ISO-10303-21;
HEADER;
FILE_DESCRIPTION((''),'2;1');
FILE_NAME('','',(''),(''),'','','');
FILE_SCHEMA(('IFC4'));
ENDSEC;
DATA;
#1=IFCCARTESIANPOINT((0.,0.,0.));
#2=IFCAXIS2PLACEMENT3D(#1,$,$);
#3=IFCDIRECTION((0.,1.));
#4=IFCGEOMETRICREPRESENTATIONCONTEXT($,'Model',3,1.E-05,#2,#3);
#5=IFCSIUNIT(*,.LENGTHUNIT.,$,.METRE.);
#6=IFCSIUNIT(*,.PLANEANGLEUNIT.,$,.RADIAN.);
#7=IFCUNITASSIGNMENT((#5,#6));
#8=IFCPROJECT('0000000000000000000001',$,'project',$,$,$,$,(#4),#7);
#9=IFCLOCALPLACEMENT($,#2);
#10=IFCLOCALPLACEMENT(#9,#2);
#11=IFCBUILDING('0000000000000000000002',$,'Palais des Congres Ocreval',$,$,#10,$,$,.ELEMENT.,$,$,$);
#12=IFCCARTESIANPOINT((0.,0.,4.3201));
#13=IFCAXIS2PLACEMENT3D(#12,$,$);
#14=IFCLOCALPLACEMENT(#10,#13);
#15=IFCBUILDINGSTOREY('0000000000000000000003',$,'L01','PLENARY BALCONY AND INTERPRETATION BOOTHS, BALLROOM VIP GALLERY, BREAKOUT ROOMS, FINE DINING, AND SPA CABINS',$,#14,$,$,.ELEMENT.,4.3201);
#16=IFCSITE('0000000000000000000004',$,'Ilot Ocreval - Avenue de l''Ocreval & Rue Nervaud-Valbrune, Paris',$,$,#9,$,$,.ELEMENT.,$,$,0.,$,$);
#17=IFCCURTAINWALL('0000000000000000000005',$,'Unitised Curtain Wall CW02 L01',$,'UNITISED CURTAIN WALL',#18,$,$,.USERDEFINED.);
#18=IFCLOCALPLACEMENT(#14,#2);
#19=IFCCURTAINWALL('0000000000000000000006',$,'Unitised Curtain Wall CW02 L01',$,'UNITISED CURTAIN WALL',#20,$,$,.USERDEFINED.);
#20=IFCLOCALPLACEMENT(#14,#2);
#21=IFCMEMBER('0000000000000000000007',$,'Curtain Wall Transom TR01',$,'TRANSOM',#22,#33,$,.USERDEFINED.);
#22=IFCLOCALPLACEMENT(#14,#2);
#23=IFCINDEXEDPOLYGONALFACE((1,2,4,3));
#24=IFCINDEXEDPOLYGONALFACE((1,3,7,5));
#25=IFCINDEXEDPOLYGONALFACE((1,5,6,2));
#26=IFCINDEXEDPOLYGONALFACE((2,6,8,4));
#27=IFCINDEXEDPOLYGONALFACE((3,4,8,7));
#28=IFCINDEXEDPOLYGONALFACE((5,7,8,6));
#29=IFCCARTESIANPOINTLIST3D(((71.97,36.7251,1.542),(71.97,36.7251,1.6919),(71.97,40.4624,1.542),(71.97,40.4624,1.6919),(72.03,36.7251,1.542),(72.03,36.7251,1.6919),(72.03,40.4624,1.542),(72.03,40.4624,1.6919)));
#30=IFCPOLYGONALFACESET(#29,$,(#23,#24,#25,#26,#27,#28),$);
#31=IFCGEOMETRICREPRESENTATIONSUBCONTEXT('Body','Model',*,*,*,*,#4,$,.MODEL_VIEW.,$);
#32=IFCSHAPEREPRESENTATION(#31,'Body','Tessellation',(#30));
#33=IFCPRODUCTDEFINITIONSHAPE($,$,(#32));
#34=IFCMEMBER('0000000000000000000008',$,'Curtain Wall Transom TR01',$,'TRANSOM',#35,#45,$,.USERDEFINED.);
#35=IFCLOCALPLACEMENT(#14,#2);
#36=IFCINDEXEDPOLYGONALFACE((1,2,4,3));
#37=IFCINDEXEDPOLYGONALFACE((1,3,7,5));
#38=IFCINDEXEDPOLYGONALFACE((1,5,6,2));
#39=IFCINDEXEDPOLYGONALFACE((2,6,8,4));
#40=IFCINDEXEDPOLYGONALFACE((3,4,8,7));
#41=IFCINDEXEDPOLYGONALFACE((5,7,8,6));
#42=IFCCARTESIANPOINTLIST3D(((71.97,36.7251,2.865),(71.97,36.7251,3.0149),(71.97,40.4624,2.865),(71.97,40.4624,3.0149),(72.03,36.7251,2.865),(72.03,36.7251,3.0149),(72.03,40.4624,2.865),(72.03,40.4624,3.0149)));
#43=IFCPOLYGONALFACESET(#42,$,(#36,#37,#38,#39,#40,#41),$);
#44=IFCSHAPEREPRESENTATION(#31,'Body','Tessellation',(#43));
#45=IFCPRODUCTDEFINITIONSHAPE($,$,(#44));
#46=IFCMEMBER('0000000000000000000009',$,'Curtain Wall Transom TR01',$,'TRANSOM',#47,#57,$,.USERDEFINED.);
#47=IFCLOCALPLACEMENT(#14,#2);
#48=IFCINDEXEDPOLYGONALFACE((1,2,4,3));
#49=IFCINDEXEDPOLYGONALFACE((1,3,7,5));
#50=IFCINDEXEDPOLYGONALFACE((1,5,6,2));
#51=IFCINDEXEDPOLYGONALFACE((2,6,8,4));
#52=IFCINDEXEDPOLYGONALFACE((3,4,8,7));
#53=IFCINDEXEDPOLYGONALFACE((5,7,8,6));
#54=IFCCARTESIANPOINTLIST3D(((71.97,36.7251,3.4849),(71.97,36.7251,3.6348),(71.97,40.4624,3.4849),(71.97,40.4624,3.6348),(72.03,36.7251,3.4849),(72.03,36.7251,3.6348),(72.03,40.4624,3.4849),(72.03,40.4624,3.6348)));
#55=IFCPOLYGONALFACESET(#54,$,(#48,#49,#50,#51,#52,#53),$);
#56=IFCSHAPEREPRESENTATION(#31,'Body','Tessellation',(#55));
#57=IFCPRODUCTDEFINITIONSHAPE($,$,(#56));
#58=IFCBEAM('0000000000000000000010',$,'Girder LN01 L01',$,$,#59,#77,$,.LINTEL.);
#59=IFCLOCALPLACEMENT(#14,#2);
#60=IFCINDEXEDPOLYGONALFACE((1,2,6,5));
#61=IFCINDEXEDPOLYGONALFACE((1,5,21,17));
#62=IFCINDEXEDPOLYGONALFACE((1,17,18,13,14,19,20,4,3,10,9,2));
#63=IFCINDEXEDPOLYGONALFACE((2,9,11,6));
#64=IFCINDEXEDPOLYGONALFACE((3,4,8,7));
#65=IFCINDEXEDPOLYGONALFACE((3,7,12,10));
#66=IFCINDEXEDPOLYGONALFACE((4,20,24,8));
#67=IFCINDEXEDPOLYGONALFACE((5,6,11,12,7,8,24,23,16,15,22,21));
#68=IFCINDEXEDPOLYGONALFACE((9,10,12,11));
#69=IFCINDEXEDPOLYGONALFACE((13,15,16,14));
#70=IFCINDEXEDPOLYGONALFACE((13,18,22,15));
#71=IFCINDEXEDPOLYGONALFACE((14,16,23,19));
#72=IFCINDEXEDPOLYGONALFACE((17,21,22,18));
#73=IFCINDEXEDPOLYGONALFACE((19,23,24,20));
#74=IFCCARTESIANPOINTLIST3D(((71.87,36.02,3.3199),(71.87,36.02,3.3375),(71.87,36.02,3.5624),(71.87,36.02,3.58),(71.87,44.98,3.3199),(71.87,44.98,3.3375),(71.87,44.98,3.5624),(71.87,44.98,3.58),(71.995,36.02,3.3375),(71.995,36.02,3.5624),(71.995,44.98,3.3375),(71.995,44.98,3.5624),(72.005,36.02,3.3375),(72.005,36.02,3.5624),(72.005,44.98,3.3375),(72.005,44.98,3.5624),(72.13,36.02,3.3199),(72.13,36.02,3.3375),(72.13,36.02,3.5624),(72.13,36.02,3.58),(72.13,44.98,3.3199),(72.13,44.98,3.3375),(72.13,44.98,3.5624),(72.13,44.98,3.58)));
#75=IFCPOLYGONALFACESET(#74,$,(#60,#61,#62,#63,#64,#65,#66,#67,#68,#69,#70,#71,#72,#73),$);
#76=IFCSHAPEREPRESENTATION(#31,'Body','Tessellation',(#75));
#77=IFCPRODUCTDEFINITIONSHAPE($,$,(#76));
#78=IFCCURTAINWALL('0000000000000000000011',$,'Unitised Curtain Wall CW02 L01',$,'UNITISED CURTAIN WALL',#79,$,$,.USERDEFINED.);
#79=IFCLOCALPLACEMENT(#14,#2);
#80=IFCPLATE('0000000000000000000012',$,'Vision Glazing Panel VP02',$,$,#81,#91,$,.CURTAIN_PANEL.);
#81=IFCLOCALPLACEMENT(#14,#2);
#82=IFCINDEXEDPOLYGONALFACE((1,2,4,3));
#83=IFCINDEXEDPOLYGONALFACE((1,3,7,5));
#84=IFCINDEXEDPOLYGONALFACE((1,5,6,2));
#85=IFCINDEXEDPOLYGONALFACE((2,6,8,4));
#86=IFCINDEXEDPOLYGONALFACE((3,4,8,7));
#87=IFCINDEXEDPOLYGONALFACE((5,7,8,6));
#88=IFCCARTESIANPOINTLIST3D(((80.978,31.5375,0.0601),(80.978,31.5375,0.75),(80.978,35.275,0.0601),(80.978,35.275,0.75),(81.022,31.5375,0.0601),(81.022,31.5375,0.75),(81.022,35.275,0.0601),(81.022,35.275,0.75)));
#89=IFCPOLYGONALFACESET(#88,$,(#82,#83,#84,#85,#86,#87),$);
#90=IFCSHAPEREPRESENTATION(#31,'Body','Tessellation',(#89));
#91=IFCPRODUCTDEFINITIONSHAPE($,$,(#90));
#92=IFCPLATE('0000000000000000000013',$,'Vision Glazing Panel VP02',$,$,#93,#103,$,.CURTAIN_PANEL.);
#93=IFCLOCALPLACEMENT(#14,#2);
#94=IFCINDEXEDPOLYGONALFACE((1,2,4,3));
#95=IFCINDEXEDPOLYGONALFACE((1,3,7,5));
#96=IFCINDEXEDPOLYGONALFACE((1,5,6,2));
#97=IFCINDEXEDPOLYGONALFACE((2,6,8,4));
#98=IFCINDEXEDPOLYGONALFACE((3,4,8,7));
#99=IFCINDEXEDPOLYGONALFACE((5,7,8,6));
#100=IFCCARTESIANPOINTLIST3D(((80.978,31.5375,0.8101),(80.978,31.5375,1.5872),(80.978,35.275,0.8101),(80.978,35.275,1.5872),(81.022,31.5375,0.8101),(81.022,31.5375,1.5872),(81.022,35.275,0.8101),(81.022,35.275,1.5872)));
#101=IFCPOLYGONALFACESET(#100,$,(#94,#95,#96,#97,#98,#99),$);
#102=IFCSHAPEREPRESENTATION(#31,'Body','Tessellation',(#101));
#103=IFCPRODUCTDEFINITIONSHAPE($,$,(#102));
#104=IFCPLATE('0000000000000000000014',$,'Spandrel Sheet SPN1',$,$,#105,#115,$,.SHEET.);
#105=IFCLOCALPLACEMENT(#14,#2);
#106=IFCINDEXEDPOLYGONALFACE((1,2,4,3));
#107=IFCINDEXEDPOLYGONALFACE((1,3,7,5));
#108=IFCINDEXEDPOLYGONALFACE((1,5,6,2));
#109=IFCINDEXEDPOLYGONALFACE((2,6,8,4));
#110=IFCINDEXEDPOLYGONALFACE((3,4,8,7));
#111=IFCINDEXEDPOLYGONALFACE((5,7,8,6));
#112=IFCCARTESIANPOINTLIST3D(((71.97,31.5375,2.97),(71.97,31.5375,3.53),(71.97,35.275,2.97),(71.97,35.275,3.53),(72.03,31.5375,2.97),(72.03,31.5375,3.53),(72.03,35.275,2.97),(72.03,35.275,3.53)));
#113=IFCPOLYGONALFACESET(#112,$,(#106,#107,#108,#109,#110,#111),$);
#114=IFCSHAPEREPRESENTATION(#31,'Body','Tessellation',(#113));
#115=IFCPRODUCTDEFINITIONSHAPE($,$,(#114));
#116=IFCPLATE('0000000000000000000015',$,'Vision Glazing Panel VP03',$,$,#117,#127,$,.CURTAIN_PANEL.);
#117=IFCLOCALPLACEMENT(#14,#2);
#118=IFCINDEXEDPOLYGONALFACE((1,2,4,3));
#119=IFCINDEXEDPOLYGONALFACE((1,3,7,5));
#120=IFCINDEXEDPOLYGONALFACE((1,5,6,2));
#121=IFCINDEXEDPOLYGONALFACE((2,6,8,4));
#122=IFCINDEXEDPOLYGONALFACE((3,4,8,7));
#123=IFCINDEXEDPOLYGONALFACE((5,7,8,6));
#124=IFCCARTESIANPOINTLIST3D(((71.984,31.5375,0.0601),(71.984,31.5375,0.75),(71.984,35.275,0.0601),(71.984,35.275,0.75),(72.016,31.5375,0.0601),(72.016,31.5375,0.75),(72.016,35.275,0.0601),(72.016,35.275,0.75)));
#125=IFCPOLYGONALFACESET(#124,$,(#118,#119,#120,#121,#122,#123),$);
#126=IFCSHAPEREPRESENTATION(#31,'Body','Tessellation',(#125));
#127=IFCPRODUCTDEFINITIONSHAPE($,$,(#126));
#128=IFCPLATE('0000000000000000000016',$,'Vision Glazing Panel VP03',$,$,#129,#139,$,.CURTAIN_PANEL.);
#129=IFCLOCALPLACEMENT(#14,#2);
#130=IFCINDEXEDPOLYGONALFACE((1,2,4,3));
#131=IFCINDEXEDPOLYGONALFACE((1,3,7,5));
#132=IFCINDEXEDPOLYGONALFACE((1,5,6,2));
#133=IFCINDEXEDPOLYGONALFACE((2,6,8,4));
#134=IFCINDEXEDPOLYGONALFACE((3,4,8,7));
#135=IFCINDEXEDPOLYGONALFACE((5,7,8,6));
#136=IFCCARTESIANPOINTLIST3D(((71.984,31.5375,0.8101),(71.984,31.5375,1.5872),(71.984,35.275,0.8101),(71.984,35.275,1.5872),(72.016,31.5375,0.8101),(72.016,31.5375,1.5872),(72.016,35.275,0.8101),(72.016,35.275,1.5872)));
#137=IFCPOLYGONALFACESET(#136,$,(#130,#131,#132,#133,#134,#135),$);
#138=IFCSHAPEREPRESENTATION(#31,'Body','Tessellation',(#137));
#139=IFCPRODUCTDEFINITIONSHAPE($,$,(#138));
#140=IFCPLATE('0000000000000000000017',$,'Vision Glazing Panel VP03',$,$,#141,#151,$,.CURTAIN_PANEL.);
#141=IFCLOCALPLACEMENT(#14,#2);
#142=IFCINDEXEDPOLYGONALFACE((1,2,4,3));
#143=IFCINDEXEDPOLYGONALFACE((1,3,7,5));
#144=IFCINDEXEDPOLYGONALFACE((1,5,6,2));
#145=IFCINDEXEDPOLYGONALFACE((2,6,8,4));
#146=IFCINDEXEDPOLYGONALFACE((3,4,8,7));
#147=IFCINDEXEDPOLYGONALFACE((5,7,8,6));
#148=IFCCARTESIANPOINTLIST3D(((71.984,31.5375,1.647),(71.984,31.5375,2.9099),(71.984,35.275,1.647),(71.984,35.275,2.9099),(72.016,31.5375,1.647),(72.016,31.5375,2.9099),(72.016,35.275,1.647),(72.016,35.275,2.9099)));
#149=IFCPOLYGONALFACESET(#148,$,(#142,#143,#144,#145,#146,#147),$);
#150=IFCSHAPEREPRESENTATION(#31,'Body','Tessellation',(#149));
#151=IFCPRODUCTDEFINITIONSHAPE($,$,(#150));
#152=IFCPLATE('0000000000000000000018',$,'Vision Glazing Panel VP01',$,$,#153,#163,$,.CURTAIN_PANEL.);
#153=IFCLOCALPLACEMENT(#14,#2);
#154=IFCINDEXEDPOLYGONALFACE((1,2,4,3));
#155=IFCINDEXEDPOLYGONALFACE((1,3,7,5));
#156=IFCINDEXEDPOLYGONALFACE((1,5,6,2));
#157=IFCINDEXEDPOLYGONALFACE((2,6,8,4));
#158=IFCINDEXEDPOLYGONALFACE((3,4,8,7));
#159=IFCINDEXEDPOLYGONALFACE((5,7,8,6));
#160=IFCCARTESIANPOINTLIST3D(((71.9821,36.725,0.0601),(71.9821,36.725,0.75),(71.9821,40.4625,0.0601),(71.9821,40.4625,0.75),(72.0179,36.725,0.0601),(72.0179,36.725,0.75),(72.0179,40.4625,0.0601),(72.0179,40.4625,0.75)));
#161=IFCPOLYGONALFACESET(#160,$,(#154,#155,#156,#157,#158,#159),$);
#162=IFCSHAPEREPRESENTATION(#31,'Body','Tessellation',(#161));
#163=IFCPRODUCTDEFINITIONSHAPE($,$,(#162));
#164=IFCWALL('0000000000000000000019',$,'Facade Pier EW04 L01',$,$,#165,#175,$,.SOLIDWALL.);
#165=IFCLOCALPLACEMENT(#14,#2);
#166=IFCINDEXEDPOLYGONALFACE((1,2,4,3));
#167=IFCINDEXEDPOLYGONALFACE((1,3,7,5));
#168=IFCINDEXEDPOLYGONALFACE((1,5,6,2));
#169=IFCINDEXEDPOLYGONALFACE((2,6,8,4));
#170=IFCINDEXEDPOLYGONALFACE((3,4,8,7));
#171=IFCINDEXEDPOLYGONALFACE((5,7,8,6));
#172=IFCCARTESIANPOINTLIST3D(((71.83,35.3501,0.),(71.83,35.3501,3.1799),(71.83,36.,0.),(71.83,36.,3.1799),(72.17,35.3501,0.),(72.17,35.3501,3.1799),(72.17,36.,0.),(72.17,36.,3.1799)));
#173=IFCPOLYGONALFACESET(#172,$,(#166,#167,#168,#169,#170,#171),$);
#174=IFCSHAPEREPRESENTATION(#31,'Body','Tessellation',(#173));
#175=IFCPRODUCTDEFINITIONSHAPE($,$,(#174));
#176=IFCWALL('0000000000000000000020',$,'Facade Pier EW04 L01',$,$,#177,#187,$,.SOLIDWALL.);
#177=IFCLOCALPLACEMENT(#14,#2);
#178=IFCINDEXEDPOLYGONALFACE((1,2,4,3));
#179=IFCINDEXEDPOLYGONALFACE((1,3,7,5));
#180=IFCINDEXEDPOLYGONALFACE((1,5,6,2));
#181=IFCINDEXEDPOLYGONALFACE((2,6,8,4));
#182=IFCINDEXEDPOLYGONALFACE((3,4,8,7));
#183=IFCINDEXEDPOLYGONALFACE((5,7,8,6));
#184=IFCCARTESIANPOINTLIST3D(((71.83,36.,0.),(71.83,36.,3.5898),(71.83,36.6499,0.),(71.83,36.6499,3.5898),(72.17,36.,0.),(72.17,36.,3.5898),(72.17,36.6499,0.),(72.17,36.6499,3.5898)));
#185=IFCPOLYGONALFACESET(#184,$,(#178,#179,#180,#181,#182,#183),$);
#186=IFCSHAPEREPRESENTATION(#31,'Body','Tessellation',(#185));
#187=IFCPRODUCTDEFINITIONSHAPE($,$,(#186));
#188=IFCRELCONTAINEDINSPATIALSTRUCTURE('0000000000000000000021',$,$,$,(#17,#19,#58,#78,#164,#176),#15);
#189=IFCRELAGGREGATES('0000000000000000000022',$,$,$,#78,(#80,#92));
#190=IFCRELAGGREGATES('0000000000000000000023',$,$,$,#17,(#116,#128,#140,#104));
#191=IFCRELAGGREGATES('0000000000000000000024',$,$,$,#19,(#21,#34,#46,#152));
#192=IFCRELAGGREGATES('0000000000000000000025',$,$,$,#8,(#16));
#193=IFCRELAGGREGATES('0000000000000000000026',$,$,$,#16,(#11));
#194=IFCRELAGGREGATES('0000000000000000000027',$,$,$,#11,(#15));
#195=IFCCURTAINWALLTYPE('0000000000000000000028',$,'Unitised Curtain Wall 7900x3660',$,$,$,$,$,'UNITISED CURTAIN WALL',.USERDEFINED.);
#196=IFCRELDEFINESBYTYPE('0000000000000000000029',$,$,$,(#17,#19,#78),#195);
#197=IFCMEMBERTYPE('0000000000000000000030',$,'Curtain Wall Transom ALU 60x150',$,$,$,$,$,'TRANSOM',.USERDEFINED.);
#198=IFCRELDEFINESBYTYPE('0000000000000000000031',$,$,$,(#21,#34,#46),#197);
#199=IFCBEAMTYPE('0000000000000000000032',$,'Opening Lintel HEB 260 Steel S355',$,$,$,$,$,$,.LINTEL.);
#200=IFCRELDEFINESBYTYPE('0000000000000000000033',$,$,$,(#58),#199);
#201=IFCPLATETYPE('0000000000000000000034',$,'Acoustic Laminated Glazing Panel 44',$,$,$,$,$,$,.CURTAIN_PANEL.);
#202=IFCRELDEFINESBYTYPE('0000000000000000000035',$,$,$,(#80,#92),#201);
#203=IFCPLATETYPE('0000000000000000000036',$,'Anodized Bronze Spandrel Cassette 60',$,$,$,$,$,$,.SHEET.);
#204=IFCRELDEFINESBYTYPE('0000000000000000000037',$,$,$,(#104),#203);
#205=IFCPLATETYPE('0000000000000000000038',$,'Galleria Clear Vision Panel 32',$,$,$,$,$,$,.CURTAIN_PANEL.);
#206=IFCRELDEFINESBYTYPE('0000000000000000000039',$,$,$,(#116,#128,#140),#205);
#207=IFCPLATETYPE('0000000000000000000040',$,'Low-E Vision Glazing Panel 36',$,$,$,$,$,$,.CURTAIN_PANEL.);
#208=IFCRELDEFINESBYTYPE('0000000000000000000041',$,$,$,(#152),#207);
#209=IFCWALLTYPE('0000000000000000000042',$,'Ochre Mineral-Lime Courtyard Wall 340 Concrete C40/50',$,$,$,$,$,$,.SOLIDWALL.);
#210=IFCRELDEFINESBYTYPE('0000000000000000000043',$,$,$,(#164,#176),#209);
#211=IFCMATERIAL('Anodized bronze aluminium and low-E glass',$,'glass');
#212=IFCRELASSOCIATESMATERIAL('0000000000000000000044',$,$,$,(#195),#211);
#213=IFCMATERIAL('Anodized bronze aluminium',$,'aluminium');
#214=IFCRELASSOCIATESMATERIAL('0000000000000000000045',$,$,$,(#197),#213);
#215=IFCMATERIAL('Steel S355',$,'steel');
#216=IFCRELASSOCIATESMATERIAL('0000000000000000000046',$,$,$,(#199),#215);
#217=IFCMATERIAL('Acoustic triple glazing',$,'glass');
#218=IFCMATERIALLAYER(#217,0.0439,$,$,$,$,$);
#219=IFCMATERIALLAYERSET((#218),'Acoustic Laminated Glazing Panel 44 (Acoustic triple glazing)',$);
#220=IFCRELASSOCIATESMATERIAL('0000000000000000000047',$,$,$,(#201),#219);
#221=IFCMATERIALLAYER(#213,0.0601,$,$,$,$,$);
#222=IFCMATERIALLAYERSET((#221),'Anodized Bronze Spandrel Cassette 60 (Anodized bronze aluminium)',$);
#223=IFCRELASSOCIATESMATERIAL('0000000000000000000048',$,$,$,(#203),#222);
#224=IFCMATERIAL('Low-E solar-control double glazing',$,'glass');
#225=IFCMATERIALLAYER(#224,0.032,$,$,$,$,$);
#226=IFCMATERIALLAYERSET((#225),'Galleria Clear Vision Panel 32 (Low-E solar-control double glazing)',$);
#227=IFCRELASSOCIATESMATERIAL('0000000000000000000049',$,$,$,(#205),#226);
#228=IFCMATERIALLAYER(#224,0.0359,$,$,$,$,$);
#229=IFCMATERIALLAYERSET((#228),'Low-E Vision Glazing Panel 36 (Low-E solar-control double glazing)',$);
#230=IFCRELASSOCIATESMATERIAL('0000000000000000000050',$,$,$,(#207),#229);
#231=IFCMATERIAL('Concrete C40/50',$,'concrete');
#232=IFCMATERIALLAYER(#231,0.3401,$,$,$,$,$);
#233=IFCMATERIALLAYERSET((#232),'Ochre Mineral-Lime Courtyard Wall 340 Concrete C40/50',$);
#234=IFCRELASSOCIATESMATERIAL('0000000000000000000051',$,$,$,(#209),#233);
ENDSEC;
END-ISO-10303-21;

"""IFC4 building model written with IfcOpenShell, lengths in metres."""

from ifc_helpers import new_model, si_unit, direction, frame, frame_2d, origin, origin_2d, place, context, subcontext, project, spatial, rectangle, i_section, extrude, material, layer, layer_set, material_profile, profile_set, type_object, element, aggregate, save


model = new_model("IFC4")

# Units and contexts
model_context = context("Model", 3, precision=1e-05, world=origin(), true_north=direction((0.0, 1.0)))
body_context = subcontext(model_context, "Body", "Model", "MODEL_VIEW")
ifc_project = project(units=[si_unit("LENGTHUNIT", "METRE"), si_unit("PLANEANGLEUNIT", "RADIAN")], contexts=[model_context])

# Site, building, storey
site_placement = place(None, origin())
site = spatial("IfcSite", under=ifc_project, at=site_placement, Name="Ilot Ocreval - Avenue de l'Ocreval & Rue Nervaud-Valbrune, Paris", CompositionType="ELEMENT", RefElevation=0.0)
building_placement = place(site_placement, origin())
building = spatial("IfcBuilding", under=site, at=building_placement, Name="Palais des Congres Ocreval", CompositionType="ELEMENT")
storey_placement = place(building_placement, frame((0.0, 0.0, 4.3201)))
storey = spatial("IfcBuildingStorey", under=building, at=storey_placement, Name="L01", Description="PLENARY BALCONY AND INTERPRETATION BOOTHS, BALLROOM VIP GALLERY, BREAKOUT ROOMS, FINE DINING, AND SPA CABINS", CompositionType="ELEMENT", Elevation=4.3201)

# Shared definitions
ifc_material_1 = material(Name="Steel S355", Category="steel")

# Curtain walls
ifc_material_2 = material(Name="Anodized bronze aluminium and low-E glass", Category="glass")
curtain_wall_type = type_object("IfcCurtainWallType", Name="Unitised Curtain Wall 7900x3660", ElementType="UNITISED CURTAIN WALL", PredefinedType="USERDEFINED", material=ifc_material_2)
curtain_wall_1_placement = place(storey_placement, origin())
curtain_wall_1 = element("IfcCurtainWall", 1, at=curtain_wall_1_placement, inside=storey, type_object=curtain_wall_type, Name="Unitised Curtain Wall CW02 L01", ObjectType="UNITISED CURTAIN WALL", PredefinedType="USERDEFINED")
ifc_material_3 = material(Name="Anodized bronze aluminium", Category="aluminium")
curtain_wall_2_placement = place(storey_placement, origin())
curtain_wall_2 = element("IfcCurtainWall", 2, at=curtain_wall_2_placement, inside=storey, type_object=curtain_wall_type, Name="Unitised Curtain Wall CW02 L01", ObjectType="UNITISED CURTAIN WALL", PredefinedType="USERDEFINED")

# Members
ifc_material_profile_1 = material_profile(ifc_material_3, rectangle(XDim=0.0601, YDim=0.1499, at=origin_2d()), Name="ALU 60x150")
ifc_profile_set_1 = profile_set([ifc_material_profile_1], Name="Anodized bronze aluminium")
member_type_1 = type_object("IfcMemberType", Name="Curtain Wall Transom ALU 60x150", ElementType="TRANSOM", PredefinedType="USERDEFINED", material=ifc_profile_set_1)
member_1_placement = place(storey_placement, frame((72.0, 36.7251, 1.6169), z_axis=(0.0, 1.0, 0.0), x_axis=(-1.0, 0.0, 0.0)))
member_1 = element("IfcMember", 3, at=member_1_placement, type_object=member_type_1, Name="Curtain Wall Transom TR01", ObjectType="TRANSOM", PredefinedType="USERDEFINED", context=body_context, shape_type="SweptSolid", body=[
    extrude(rectangle(XDim=0.0601, YDim=0.1499, at=origin_2d()), origin(), (0.0, 0.0, 1.0), 3.7373),
])
member_2_placement = place(storey_placement, frame((72.0, 36.7251, 2.9399), z_axis=(0.0, 1.0, 0.0), x_axis=(-1.0, 0.0, 0.0)))
member_2 = element("IfcMember", 4, at=member_2_placement, type_object=member_type_1, Name="Curtain Wall Transom TR01", ObjectType="TRANSOM", PredefinedType="USERDEFINED", context=body_context, shape_type="SweptSolid", body=[
    extrude(rectangle(XDim=0.0601, YDim=0.1499, at=origin_2d()), origin(), (0.0, 0.0, 1.0), 3.7373),
])
member_3_placement = place(storey_placement, frame((72.0, 36.7251, 3.5598), z_axis=(0.0, 1.0, 0.0), x_axis=(-1.0, 0.0, 0.0)))
member_3 = element("IfcMember", 5, at=member_3_placement, type_object=member_type_1, Name="Curtain Wall Transom TR01", ObjectType="TRANSOM", PredefinedType="USERDEFINED", context=body_context, shape_type="SweptSolid", body=[
    extrude(rectangle(XDim=0.0601, YDim=0.1499, at=origin_2d()), origin(), (0.0, 0.0, 1.0), 3.7373),
])

# Beam
ifc_material_profile_2 = material_profile(ifc_material_1, i_section(OverallWidth=0.26, OverallDepth=0.26, WebThickness=0.01, FlangeThickness=0.0176, at=origin_2d()), Name="HEB 260")
ifc_profile_set_2 = profile_set([ifc_material_profile_2], Name="Steel S355")
beam_type_1 = type_object("IfcBeamType", Name="Opening Lintel HEB 260 Steel S355", PredefinedType="LINTEL", material=ifc_profile_set_2)
beam_1_placement = place(storey_placement, frame((72.0, 36.02, 3.45), z_axis=(0.0, 1.0, 0.0), x_axis=(-1.0, 0.0, 0.0)))
element("IfcBeam", 6, at=beam_1_placement, inside=storey, type_object=beam_type_1, Name="Girder LN01 L01", PredefinedType="LINTEL", context=body_context, shape_type="SweptSolid", body=[
    extrude(i_section(OverallWidth=0.26, OverallDepth=0.26, WebThickness=0.01, FlangeThickness=0.0176, at=origin_2d()), origin(), (0.0, 0.0, 1.0), 8.96),
])

# Curtain wall, plates
curtain_wall_3_placement = place(storey_placement, origin())
curtain_wall_3 = element("IfcCurtainWall", 7, at=curtain_wall_3_placement, inside=storey, type_object=curtain_wall_type, Name="Unitised Curtain Wall CW02 L01", ObjectType="UNITISED CURTAIN WALL", PredefinedType="USERDEFINED")
ifc_material_4 = material(Name="Acoustic triple glazing", Category="glass")
ifc_layer_1 = layer(ifc_material_4, 0.0439)
ifc_layer_set_1 = layer_set([ifc_layer_1], Name="Acoustic Laminated Glazing Panel 44 (Acoustic triple glazing)")
plate_type_1 = type_object("IfcPlateType", Name="Acoustic Laminated Glazing Panel 44", PredefinedType="CURTAIN_PANEL", material=ifc_layer_set_1)
plate_1_placement = place(storey_placement, frame((81.0, 33.4062, 0.0601), z_axis=(0.0, 0.0, 1.0), x_axis=(0.0, -1.0, 0.0)))
plate_1 = element("IfcPlate", 8, at=plate_1_placement, type_object=plate_type_1, Name="Vision Glazing Panel VP02", PredefinedType="CURTAIN_PANEL", context=body_context, shape_type="SweptSolid", body=[
    extrude(rectangle(XDim=3.7375, YDim=0.0439, at=origin_2d()), origin(), (0.0, 0.0, 1.0), 0.6899),
])
plate_2_placement = place(storey_placement, frame((81.0, 33.4062, 0.8101), z_axis=(0.0, 0.0, 1.0), x_axis=(0.0, -1.0, 0.0)))
plate_2 = element("IfcPlate", 9, at=plate_2_placement, type_object=plate_type_1, Name="Vision Glazing Panel VP02", PredefinedType="CURTAIN_PANEL", context=body_context, shape_type="SweptSolid", body=[
    extrude(rectangle(XDim=3.7375, YDim=0.0439, at=origin_2d()), origin(), (0.0, 0.0, 1.0), 0.7771),
])
aggregate(curtain_wall_3, [plate_1, plate_2])

# Plates
ifc_layer_2 = layer(ifc_material_3, 0.0601)
ifc_layer_set_2 = layer_set([ifc_layer_2], Name="Anodized Bronze Spandrel Cassette 60 (Anodized bronze aluminium)")
plate_type_2 = type_object("IfcPlateType", Name="Anodized Bronze Spandrel Cassette 60", PredefinedType="SHEET", material=ifc_layer_set_2)
plate_3_placement = place(storey_placement, frame((72.0, 33.4062, 2.97), z_axis=(0.0, 0.0, 1.0), x_axis=(0.0, 1.0, 0.0)))
plate_3 = element("IfcPlate", 10, at=plate_3_placement, type_object=plate_type_2, Name="Spandrel Sheet SPN1", PredefinedType="SHEET", context=body_context, shape_type="SweptSolid", body=[
    extrude(rectangle(XDim=3.7375, YDim=0.0601, at=origin_2d()), origin(), (0.0, 0.0, 1.0), 0.5601),
])
ifc_material_5 = material(Name="Low-E solar-control double glazing", Category="glass")
ifc_layer_3 = layer(ifc_material_5, 0.032)
ifc_layer_set_3 = layer_set([ifc_layer_3], Name="Galleria Clear Vision Panel 32 (Low-E solar-control double glazing)")
plate_type_3 = type_object("IfcPlateType", Name="Galleria Clear Vision Panel 32", PredefinedType="CURTAIN_PANEL", material=ifc_layer_set_3)
plate_4_placement = place(storey_placement, frame((72.0, 33.4062, 0.0601), z_axis=(0.0, 0.0, 1.0), x_axis=(0.0, 1.0, 0.0)))
plate_4 = element("IfcPlate", 11, at=plate_4_placement, type_object=plate_type_3, Name="Vision Glazing Panel VP03", PredefinedType="CURTAIN_PANEL", context=body_context, shape_type="SweptSolid", body=[
    extrude(rectangle(XDim=3.7375, YDim=0.032, at=origin_2d()), origin(), (0.0, 0.0, 1.0), 0.6899),
])
plate_5_placement = place(storey_placement, frame((72.0, 33.4062, 0.8101), z_axis=(0.0, 0.0, 1.0), x_axis=(0.0, 1.0, 0.0)))
plate_5 = element("IfcPlate", 12, at=plate_5_placement, type_object=plate_type_3, Name="Vision Glazing Panel VP03", PredefinedType="CURTAIN_PANEL", context=body_context, shape_type="SweptSolid", body=[
    extrude(rectangle(XDim=3.7375, YDim=0.032, at=origin_2d()), origin(), (0.0, 0.0, 1.0), 0.7771),
])
plate_6_placement = place(storey_placement, frame((72.0, 33.4062, 1.647), z_axis=(0.0, 0.0, 1.0), x_axis=(0.0, 1.0, 0.0)))
plate_6 = element("IfcPlate", 13, at=plate_6_placement, type_object=plate_type_3, Name="Vision Glazing Panel VP03", PredefinedType="CURTAIN_PANEL", context=body_context, shape_type="SweptSolid", body=[
    extrude(rectangle(XDim=3.7375, YDim=0.032, at=origin_2d()), origin(), (0.0, 0.0, 1.0), 1.2629),
])
aggregate(curtain_wall_1, [plate_4, plate_5, plate_6, plate_3])
ifc_layer_4 = layer(ifc_material_5, 0.0359)
ifc_layer_set_4 = layer_set([ifc_layer_4], Name="Low-E Vision Glazing Panel 36 (Low-E solar-control double glazing)")
plate_type_4 = type_object("IfcPlateType", Name="Low-E Vision Glazing Panel 36", PredefinedType="CURTAIN_PANEL", material=ifc_layer_set_4)
plate_7_placement = place(storey_placement, frame((72.0, 38.5938, 0.0601), z_axis=(0.0, 0.0, 1.0), x_axis=(0.0, 1.0, 0.0)))
plate_7 = element("IfcPlate", 14, at=plate_7_placement, type_object=plate_type_4, Name="Vision Glazing Panel VP01", PredefinedType="CURTAIN_PANEL", context=body_context, shape_type="SweptSolid", body=[
    extrude(rectangle(XDim=3.7375, YDim=0.0359, at=origin_2d()), origin(), (0.0, 0.0, 1.0), 0.6899),
])
aggregate(curtain_wall_2, [member_1, member_2, member_3, plate_7])

# Walls
ifc_material_6 = material(Name="Concrete C40/50", Category="concrete")
ifc_layer_5 = layer(ifc_material_6, 0.3401)
ifc_layer_set_5 = layer_set([ifc_layer_5], Name="Ochre Mineral-Lime Courtyard Wall 340 Concrete C40/50")
wall_type = type_object("IfcWallType", Name="Ochre Mineral-Lime Courtyard Wall 340 Concrete C40/50", PredefinedType="SOLIDWALL", material=ifc_layer_set_5)
wall_1_placement = place(storey_placement, frame((72.0, 35.3501, 0.0), z_axis=(0.0, 0.0, 1.0), x_axis=(0.0, 1.0, 0.0)))
element("IfcWall", 15, at=wall_1_placement, inside=storey, type_object=wall_type, Name="Facade Pier EW04 L01", PredefinedType="SOLIDWALL", context=body_context, shape_type="SweptSolid", body=[
    extrude(rectangle(XDim=0.6499, YDim=0.3401, at=frame_2d((0.325, 0.0))), origin(), (0.0, 0.0, 1.0), 3.1799),
])
wall_2_placement = place(storey_placement, frame((72.0, 36.0, 0.0), z_axis=(0.0, 0.0, 1.0), x_axis=(0.0, 1.0, 0.0)))
element("IfcWall", 16, at=wall_2_placement, inside=storey, type_object=wall_type, Name="Facade Pier EW04 L01", PredefinedType="SOLIDWALL", context=body_context, shape_type="SweptSolid", body=[
    extrude(rectangle(XDim=0.6499, YDim=0.3401, at=frame_2d((0.325, 0.0))), origin(), (0.0, 0.0, 1.0), 3.5898),
])

save(model, "model.ifc")
